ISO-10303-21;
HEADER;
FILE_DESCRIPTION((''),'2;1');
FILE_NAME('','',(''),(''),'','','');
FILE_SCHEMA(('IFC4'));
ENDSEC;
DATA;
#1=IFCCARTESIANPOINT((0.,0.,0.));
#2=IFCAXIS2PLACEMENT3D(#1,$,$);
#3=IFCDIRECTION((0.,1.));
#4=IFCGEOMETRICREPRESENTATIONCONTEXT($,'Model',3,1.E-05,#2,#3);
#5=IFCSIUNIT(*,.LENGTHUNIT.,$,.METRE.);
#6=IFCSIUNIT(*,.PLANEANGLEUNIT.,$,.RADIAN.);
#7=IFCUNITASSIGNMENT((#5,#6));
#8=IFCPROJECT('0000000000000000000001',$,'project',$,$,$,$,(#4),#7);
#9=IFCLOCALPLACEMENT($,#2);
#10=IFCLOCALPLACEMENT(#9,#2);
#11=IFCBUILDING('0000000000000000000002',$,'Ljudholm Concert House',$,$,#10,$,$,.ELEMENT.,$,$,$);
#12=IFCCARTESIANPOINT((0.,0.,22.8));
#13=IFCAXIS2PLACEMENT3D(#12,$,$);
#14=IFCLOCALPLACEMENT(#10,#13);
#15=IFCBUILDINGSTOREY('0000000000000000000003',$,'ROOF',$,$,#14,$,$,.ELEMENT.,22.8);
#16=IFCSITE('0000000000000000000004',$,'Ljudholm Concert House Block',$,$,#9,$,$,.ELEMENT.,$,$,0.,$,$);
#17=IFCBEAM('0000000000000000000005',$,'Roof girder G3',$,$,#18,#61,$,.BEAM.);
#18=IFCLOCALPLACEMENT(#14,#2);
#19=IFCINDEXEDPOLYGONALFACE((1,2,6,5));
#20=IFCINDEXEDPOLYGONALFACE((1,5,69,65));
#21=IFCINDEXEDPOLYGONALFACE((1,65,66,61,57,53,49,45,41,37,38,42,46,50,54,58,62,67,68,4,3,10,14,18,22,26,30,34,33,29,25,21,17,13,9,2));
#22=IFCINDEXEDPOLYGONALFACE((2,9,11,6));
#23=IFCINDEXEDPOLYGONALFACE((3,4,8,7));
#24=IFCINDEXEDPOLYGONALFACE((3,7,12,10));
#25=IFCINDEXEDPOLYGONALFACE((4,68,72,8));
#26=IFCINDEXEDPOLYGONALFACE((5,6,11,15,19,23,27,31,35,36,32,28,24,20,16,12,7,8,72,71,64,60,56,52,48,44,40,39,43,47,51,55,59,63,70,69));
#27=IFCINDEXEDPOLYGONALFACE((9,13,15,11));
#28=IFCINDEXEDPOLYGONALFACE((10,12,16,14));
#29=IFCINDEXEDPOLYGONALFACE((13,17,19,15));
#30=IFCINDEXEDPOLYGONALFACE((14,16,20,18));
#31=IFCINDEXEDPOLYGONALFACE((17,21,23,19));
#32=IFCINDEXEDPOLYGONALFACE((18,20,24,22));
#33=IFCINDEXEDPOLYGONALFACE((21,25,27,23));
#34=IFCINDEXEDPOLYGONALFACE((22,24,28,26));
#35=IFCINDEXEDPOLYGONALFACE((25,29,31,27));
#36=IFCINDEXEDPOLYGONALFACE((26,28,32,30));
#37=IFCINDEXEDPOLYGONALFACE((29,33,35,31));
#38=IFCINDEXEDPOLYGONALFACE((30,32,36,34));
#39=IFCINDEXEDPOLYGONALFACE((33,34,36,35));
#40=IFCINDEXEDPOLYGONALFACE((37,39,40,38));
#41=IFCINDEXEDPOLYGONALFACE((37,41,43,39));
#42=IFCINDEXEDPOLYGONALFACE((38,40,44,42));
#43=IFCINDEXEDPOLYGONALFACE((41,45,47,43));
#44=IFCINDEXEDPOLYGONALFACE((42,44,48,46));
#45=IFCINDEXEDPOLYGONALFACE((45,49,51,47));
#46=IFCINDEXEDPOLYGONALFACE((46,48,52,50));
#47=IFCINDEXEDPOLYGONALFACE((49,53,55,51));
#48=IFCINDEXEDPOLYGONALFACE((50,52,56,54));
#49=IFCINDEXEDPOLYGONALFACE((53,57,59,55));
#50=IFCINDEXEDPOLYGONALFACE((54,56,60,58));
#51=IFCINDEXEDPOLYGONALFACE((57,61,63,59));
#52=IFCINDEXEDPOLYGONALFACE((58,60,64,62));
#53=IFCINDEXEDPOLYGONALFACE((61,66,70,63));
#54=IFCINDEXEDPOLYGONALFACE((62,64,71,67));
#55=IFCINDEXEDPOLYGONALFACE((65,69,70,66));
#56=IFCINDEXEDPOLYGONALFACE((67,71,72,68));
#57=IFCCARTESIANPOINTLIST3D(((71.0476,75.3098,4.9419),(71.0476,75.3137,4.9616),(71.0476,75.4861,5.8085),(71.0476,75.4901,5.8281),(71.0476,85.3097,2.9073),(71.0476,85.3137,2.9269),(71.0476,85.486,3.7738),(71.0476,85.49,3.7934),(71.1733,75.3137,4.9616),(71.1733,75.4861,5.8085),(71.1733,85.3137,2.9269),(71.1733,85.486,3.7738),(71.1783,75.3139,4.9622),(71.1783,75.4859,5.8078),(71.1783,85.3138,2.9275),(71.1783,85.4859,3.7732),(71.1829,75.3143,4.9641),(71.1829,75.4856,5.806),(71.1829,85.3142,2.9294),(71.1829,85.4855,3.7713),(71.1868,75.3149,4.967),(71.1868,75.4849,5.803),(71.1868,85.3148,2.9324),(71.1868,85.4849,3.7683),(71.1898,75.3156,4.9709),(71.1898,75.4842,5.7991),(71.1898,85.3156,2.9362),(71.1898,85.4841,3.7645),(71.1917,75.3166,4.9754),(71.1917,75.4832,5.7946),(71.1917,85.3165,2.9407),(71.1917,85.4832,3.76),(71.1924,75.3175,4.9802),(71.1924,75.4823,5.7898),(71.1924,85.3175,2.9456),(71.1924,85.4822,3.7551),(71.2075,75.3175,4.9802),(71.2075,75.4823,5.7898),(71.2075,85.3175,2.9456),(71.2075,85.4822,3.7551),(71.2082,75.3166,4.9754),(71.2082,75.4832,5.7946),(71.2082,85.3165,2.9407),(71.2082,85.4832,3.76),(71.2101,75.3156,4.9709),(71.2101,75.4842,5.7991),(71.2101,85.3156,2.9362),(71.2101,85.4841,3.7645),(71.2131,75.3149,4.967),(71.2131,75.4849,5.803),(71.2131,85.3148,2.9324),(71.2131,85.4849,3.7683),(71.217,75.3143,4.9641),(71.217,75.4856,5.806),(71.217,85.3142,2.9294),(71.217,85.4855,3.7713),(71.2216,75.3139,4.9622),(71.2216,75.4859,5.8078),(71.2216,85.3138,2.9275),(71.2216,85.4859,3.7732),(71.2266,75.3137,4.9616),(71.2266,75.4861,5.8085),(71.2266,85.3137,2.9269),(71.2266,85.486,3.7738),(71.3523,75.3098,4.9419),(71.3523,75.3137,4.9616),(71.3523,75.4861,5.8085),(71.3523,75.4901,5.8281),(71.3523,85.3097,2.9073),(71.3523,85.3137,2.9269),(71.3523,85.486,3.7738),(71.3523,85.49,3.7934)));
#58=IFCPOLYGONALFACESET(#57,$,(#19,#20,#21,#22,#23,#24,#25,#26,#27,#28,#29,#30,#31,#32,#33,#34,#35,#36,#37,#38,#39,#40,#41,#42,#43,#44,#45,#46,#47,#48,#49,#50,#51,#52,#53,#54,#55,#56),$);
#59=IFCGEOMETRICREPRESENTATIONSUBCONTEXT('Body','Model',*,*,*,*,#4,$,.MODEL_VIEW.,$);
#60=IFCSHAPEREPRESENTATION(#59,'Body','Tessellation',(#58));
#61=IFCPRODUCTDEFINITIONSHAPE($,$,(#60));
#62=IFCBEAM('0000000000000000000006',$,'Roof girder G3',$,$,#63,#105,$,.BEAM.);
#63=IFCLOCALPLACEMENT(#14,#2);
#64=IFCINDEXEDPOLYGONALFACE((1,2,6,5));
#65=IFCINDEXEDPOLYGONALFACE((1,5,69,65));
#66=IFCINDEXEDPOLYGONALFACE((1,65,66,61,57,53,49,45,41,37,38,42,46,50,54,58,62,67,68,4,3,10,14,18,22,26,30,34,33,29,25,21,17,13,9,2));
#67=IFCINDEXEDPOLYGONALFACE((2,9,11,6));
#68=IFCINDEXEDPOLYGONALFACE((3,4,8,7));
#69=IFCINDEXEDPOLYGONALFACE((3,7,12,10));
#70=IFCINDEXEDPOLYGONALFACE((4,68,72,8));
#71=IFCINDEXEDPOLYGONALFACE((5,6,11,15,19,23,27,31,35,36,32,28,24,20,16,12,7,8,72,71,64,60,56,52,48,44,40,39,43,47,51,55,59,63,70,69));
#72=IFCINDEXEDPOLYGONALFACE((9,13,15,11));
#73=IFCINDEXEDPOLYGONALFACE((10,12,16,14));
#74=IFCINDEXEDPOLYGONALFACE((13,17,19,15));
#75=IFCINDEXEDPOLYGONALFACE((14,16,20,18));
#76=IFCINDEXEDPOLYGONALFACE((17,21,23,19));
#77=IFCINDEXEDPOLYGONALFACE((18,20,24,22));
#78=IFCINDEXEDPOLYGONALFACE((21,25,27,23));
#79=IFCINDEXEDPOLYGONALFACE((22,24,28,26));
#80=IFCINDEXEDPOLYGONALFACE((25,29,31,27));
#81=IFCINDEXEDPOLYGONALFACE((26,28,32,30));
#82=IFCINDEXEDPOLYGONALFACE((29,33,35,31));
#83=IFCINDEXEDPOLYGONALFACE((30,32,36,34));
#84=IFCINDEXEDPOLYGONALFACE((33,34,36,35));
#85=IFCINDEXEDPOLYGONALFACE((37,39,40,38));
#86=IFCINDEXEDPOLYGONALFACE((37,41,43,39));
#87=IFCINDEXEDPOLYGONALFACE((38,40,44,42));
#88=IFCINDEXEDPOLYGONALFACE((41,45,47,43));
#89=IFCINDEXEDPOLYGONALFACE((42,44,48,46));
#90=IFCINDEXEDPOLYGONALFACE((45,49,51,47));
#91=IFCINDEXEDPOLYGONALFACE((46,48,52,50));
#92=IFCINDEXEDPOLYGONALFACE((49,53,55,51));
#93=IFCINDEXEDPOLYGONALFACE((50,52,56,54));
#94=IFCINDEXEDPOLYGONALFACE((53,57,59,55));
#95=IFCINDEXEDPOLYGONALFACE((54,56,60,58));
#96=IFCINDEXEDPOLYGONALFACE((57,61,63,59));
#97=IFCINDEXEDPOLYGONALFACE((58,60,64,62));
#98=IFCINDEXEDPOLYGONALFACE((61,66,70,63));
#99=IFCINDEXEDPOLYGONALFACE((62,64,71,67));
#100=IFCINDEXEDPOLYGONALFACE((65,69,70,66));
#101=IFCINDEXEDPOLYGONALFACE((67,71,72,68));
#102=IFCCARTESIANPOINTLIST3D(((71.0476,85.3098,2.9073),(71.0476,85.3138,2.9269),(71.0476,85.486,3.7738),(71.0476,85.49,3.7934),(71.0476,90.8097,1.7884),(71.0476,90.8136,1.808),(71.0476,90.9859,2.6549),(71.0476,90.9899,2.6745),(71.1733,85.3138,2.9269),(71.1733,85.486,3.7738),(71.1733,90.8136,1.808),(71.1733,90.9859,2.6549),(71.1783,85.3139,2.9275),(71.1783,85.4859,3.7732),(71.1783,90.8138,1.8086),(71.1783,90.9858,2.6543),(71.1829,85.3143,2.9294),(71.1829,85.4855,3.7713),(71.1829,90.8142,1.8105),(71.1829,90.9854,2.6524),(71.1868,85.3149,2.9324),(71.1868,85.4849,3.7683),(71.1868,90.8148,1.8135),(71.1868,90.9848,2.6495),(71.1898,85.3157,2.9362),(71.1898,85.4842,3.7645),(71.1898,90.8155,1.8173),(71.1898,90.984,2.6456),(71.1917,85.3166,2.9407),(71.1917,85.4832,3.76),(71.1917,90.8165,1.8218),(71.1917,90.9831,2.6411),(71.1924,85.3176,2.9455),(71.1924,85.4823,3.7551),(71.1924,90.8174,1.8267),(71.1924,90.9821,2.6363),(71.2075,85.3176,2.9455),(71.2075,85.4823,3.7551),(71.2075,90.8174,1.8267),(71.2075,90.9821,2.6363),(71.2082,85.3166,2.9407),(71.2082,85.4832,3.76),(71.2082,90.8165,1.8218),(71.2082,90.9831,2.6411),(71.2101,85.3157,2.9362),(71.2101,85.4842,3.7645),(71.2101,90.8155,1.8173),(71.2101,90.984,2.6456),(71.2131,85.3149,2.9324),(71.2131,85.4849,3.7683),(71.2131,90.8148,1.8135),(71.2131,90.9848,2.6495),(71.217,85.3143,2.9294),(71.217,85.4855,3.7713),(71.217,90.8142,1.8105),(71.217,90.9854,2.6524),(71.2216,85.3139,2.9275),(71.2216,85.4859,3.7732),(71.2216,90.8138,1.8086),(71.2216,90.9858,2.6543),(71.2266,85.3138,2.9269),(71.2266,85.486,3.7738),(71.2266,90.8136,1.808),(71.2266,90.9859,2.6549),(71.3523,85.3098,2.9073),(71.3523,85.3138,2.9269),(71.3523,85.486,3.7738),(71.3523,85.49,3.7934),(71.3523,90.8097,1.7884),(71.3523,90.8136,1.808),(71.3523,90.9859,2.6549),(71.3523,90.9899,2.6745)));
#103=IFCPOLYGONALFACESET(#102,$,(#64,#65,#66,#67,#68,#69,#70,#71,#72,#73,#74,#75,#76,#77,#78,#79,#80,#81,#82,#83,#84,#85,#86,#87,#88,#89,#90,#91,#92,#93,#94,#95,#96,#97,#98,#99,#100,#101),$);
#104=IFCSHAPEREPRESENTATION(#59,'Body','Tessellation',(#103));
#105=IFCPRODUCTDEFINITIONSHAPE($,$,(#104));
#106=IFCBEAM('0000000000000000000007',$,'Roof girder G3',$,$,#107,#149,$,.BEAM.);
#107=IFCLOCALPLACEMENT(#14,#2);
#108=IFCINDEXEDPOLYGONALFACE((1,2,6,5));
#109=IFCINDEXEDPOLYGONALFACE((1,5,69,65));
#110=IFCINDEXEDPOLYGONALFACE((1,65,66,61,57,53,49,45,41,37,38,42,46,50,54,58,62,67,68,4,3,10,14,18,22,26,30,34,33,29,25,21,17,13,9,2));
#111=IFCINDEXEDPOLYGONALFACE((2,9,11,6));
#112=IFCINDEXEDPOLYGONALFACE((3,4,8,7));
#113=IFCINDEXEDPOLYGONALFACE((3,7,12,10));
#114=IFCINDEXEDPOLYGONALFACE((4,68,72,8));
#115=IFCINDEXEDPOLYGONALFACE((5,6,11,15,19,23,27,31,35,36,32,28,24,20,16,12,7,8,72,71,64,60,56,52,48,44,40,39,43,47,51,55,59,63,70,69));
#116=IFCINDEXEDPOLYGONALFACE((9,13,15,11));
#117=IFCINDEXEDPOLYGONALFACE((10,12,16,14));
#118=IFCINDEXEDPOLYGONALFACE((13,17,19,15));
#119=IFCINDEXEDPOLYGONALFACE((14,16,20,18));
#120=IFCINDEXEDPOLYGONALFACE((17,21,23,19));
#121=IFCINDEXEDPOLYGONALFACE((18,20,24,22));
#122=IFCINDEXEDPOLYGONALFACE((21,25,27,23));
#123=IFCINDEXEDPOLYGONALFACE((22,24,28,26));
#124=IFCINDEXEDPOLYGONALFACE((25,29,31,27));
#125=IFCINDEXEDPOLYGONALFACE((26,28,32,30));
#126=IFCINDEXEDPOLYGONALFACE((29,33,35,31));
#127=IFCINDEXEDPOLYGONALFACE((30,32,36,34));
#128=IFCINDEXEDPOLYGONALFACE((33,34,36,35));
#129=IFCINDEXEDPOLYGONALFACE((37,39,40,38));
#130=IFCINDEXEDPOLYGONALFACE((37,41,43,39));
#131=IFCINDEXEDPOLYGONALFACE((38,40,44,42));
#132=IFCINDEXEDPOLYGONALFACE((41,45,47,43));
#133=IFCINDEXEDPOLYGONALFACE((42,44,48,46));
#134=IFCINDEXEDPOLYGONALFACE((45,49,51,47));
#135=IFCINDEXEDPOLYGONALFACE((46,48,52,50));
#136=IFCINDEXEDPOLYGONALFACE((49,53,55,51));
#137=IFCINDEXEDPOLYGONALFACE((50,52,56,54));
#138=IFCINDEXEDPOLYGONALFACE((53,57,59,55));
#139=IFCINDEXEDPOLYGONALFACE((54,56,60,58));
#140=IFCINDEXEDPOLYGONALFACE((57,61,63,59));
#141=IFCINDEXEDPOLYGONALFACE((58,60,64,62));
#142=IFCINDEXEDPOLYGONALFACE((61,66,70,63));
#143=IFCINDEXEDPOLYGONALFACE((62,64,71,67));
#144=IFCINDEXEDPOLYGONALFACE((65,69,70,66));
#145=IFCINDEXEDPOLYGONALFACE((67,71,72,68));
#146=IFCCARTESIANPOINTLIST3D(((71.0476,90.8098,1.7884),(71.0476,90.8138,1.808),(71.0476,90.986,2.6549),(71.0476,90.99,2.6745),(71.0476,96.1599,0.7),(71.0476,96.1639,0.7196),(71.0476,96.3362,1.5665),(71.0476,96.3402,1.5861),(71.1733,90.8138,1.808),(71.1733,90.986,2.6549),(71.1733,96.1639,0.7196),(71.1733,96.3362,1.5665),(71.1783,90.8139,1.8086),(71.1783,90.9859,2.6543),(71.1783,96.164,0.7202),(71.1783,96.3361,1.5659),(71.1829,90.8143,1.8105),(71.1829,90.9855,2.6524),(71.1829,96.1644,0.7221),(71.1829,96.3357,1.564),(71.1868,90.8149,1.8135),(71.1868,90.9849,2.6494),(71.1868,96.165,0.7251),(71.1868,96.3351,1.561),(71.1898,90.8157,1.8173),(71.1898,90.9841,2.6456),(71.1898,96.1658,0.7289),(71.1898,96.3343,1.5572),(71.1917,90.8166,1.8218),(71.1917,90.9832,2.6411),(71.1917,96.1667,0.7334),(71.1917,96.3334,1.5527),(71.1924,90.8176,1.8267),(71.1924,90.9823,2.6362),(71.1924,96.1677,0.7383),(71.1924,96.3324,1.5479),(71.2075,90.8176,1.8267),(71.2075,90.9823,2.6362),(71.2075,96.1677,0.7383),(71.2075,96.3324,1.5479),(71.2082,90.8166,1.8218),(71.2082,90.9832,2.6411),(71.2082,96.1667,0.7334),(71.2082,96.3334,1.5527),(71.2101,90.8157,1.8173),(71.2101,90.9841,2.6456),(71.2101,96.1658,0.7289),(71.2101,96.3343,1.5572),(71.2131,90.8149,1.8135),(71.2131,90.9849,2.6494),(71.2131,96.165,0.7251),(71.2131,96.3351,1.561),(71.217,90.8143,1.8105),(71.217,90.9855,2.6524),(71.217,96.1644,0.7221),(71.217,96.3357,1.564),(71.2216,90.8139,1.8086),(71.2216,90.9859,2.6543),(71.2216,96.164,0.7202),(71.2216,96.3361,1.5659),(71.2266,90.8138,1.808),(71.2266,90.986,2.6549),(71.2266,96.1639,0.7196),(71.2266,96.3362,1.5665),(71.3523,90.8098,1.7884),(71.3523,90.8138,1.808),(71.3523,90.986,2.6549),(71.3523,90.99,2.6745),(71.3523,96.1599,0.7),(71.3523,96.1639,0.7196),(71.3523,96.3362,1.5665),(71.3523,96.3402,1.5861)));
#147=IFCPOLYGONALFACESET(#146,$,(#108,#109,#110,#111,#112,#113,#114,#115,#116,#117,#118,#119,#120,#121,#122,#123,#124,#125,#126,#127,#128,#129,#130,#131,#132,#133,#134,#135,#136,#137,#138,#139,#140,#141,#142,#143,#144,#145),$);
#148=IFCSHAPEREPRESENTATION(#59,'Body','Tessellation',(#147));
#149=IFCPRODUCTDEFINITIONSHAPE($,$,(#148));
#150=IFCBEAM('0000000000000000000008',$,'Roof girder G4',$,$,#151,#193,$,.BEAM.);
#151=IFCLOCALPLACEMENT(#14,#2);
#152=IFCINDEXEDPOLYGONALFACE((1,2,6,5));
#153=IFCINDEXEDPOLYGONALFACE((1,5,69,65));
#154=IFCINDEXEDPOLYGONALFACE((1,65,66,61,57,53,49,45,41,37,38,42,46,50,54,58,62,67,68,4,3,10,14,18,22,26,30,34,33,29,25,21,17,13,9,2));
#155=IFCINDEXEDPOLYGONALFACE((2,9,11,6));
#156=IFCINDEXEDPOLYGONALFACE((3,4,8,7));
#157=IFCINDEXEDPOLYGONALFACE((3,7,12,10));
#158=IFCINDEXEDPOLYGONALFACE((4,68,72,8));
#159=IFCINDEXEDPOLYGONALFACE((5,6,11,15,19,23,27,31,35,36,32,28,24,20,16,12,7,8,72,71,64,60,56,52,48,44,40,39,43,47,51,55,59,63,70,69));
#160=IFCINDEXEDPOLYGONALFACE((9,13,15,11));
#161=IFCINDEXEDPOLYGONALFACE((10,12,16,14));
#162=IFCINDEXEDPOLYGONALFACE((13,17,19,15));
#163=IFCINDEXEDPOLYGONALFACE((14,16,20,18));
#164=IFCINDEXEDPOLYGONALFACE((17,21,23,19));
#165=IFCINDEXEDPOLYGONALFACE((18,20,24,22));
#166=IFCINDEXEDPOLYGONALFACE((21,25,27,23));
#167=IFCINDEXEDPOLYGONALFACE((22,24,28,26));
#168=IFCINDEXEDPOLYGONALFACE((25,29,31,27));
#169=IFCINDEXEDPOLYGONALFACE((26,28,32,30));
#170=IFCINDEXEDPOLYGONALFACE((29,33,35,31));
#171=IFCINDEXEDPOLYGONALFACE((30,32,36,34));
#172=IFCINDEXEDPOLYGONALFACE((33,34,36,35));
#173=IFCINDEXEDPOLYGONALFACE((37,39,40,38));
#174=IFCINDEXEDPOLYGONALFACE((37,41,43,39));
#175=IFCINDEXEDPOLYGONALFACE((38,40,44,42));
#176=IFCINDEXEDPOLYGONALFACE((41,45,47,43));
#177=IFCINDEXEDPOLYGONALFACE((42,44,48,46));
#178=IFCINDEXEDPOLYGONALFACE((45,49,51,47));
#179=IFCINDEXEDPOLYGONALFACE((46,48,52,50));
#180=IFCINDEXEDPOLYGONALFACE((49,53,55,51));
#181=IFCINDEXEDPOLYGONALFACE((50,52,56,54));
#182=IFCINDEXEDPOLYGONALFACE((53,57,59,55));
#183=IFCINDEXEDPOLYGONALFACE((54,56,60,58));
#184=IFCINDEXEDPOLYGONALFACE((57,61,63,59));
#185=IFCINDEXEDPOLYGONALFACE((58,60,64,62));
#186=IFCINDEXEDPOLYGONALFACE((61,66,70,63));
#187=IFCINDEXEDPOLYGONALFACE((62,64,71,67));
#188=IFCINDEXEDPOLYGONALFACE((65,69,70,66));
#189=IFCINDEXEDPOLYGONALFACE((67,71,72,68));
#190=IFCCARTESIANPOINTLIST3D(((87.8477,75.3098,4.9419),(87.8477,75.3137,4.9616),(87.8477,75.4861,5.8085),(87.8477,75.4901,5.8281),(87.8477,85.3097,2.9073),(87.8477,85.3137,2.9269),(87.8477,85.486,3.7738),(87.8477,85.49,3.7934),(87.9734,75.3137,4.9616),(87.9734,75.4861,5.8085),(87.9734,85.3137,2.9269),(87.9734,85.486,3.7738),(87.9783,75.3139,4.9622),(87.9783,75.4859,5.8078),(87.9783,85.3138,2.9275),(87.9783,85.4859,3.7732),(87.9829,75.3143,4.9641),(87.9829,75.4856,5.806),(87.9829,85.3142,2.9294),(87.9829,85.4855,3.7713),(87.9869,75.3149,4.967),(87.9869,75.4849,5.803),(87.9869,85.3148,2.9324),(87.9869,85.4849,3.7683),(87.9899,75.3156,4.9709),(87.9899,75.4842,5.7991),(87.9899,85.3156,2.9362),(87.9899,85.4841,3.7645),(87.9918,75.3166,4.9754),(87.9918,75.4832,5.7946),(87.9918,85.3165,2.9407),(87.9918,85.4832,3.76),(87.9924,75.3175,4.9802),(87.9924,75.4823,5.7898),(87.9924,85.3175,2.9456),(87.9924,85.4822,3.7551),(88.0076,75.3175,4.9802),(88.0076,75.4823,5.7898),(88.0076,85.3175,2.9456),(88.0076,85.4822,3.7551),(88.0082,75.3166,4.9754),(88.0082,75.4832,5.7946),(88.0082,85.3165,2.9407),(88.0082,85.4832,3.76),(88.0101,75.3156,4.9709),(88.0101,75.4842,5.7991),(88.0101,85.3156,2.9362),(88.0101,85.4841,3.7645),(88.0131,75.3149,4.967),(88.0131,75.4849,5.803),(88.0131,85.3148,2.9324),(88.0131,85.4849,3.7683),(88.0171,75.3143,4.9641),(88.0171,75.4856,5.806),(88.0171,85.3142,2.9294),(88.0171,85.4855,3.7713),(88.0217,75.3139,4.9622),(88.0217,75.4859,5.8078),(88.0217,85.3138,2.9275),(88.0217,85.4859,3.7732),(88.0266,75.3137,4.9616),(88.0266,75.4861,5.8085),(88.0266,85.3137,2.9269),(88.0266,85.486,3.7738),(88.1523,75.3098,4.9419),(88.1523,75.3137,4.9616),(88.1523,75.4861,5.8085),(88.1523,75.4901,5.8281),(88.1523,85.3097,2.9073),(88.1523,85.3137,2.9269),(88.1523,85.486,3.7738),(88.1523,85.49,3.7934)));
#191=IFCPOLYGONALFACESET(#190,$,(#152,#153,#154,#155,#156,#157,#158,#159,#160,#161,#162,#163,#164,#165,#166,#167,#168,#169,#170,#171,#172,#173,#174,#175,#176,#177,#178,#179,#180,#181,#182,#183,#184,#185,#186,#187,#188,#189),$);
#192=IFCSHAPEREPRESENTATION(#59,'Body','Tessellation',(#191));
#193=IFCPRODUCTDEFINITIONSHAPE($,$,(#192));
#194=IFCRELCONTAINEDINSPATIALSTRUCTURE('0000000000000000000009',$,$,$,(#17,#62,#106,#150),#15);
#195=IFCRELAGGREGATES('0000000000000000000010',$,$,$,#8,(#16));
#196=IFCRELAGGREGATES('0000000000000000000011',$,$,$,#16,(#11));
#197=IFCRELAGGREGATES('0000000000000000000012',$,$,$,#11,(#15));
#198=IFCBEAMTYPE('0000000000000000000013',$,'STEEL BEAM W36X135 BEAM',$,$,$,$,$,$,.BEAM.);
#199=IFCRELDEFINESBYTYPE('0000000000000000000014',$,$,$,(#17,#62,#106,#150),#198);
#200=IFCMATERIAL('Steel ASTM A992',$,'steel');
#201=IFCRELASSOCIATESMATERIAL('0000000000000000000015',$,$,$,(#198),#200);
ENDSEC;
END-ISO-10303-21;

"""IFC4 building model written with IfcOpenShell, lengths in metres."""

from ifc_helpers import new_model, si_unit, direction, frame, origin, origin_2d, place, context, subcontext, project, spatial, i_section, extrude, material, material_profile, profile_set, type_object, element, save


model = new_model("IFC4")

# Units and contexts
model_context = context("Model", 3, precision=1e-05, world=origin(), true_north=direction((0.0, 1.0)))
body_context = subcontext(model_context, "Body", "Model", "MODEL_VIEW")
ifc_project = project(units=[si_unit("LENGTHUNIT", "METRE"), si_unit("PLANEANGLEUNIT", "RADIAN")], contexts=[model_context])

# Site, building, storey
site_placement = place(None, origin())
site = spatial("IfcSite", under=ifc_project, at=site_placement, Name="Ljudholm Concert House Block", CompositionType="ELEMENT", RefElevation=0.0)
building_placement = place(site_placement, origin())
building = spatial("IfcBuilding", under=site, at=building_placement, Name="Ljudholm Concert House", CompositionType="ELEMENT")
storey_placement = place(building_placement, frame((0.0, 0.0, 22.8)))
storey = spatial("IfcBuildingStorey", under=building, at=storey_placement, Name="ROOF", CompositionType="ELEMENT", Elevation=22.8)

# Beams
ifc_material_1 = material(Name="Steel ASTM A992", Category="steel")
ifc_material_profile_1 = material_profile(ifc_material_1, i_section(OverallWidth=0.3047, OverallDepth=0.9043, WebThickness=0.0151, FlangeThickness=0.02, FilletRadius=0.019, at=origin_2d()), Name="W36X135")
ifc_profile_set_1 = profile_set([ifc_material_profile_1], Name="Steel ASTM A992")
beam_type = type_object("IfcBeamType", Name="STEEL BEAM W36X135 BEAM", PredefinedType="BEAM", material=ifc_profile_set_1)
beam_1_placement = place(storey_placement, frame((71.2, 75.3999, 5.385), z_axis=(0.0, 0.979922, -0.199382), x_axis=(-1.0, 0.0, 0.0)))
element("IfcBeam", 1, at=beam_1_placement, inside=storey, type_object=beam_type, Name="Roof girder G3", PredefinedType="BEAM", context=body_context, shape_type="SweptSolid", body=[
    extrude(i_section(OverallWidth=0.3047, OverallDepth=0.9043, WebThickness=0.0151, FlangeThickness=0.02, FilletRadius=0.019, at=origin_2d()), origin(), (0.0, 0.0, 1.0), 10.2048),
])
beam_2_placement = place(storey_placement, frame((71.2, 85.3999, 3.3503), z_axis=(0.0, 0.979928, -0.199352), x_axis=(-1.0, 0.0, 0.0)))
element("IfcBeam", 2, at=beam_2_placement, inside=storey, type_object=beam_type, Name="Roof girder G3", PredefinedType="BEAM", context=body_context, shape_type="SweptSolid", body=[
    extrude(i_section(OverallWidth=0.3047, OverallDepth=0.9043, WebThickness=0.0151, FlangeThickness=0.02, FilletRadius=0.019, at=origin_2d()), origin(), (0.0, 0.0, 1.0), 5.6125),
])
beam_3_placement = place(storey_placement, frame((71.2, 90.8999, 2.2314), z_axis=(0.0, 0.979929, -0.199348), x_axis=(-1.0, 0.0, 0.0)))
element("IfcBeam", 3, at=beam_3_placement, inside=storey, type_object=beam_type, Name="Roof girder G3", PredefinedType="BEAM", context=body_context, shape_type="SweptSolid", body=[
    extrude(i_section(OverallWidth=0.3047, OverallDepth=0.9043, WebThickness=0.0151, FlangeThickness=0.02, FilletRadius=0.019, at=origin_2d()), origin(), (0.0, 0.0, 1.0), 5.4597),
])
beam_4_placement = place(storey_placement, frame((88.0, 75.3999, 5.385), z_axis=(0.0, 0.979922, -0.199382), x_axis=(-1.0, 0.0, 0.0)))
element("IfcBeam", 4, at=beam_4_placement, inside=storey, type_object=beam_type, Name="Roof girder G4", PredefinedType="BEAM", context=body_context, shape_type="SweptSolid", body=[
    extrude(i_section(OverallWidth=0.3047, OverallDepth=0.9043, WebThickness=0.0151, FlangeThickness=0.02, FilletRadius=0.019, at=origin_2d()), origin(), (0.0, 0.0, 1.0), 10.2048),
])

save(model, "model.ifc")
